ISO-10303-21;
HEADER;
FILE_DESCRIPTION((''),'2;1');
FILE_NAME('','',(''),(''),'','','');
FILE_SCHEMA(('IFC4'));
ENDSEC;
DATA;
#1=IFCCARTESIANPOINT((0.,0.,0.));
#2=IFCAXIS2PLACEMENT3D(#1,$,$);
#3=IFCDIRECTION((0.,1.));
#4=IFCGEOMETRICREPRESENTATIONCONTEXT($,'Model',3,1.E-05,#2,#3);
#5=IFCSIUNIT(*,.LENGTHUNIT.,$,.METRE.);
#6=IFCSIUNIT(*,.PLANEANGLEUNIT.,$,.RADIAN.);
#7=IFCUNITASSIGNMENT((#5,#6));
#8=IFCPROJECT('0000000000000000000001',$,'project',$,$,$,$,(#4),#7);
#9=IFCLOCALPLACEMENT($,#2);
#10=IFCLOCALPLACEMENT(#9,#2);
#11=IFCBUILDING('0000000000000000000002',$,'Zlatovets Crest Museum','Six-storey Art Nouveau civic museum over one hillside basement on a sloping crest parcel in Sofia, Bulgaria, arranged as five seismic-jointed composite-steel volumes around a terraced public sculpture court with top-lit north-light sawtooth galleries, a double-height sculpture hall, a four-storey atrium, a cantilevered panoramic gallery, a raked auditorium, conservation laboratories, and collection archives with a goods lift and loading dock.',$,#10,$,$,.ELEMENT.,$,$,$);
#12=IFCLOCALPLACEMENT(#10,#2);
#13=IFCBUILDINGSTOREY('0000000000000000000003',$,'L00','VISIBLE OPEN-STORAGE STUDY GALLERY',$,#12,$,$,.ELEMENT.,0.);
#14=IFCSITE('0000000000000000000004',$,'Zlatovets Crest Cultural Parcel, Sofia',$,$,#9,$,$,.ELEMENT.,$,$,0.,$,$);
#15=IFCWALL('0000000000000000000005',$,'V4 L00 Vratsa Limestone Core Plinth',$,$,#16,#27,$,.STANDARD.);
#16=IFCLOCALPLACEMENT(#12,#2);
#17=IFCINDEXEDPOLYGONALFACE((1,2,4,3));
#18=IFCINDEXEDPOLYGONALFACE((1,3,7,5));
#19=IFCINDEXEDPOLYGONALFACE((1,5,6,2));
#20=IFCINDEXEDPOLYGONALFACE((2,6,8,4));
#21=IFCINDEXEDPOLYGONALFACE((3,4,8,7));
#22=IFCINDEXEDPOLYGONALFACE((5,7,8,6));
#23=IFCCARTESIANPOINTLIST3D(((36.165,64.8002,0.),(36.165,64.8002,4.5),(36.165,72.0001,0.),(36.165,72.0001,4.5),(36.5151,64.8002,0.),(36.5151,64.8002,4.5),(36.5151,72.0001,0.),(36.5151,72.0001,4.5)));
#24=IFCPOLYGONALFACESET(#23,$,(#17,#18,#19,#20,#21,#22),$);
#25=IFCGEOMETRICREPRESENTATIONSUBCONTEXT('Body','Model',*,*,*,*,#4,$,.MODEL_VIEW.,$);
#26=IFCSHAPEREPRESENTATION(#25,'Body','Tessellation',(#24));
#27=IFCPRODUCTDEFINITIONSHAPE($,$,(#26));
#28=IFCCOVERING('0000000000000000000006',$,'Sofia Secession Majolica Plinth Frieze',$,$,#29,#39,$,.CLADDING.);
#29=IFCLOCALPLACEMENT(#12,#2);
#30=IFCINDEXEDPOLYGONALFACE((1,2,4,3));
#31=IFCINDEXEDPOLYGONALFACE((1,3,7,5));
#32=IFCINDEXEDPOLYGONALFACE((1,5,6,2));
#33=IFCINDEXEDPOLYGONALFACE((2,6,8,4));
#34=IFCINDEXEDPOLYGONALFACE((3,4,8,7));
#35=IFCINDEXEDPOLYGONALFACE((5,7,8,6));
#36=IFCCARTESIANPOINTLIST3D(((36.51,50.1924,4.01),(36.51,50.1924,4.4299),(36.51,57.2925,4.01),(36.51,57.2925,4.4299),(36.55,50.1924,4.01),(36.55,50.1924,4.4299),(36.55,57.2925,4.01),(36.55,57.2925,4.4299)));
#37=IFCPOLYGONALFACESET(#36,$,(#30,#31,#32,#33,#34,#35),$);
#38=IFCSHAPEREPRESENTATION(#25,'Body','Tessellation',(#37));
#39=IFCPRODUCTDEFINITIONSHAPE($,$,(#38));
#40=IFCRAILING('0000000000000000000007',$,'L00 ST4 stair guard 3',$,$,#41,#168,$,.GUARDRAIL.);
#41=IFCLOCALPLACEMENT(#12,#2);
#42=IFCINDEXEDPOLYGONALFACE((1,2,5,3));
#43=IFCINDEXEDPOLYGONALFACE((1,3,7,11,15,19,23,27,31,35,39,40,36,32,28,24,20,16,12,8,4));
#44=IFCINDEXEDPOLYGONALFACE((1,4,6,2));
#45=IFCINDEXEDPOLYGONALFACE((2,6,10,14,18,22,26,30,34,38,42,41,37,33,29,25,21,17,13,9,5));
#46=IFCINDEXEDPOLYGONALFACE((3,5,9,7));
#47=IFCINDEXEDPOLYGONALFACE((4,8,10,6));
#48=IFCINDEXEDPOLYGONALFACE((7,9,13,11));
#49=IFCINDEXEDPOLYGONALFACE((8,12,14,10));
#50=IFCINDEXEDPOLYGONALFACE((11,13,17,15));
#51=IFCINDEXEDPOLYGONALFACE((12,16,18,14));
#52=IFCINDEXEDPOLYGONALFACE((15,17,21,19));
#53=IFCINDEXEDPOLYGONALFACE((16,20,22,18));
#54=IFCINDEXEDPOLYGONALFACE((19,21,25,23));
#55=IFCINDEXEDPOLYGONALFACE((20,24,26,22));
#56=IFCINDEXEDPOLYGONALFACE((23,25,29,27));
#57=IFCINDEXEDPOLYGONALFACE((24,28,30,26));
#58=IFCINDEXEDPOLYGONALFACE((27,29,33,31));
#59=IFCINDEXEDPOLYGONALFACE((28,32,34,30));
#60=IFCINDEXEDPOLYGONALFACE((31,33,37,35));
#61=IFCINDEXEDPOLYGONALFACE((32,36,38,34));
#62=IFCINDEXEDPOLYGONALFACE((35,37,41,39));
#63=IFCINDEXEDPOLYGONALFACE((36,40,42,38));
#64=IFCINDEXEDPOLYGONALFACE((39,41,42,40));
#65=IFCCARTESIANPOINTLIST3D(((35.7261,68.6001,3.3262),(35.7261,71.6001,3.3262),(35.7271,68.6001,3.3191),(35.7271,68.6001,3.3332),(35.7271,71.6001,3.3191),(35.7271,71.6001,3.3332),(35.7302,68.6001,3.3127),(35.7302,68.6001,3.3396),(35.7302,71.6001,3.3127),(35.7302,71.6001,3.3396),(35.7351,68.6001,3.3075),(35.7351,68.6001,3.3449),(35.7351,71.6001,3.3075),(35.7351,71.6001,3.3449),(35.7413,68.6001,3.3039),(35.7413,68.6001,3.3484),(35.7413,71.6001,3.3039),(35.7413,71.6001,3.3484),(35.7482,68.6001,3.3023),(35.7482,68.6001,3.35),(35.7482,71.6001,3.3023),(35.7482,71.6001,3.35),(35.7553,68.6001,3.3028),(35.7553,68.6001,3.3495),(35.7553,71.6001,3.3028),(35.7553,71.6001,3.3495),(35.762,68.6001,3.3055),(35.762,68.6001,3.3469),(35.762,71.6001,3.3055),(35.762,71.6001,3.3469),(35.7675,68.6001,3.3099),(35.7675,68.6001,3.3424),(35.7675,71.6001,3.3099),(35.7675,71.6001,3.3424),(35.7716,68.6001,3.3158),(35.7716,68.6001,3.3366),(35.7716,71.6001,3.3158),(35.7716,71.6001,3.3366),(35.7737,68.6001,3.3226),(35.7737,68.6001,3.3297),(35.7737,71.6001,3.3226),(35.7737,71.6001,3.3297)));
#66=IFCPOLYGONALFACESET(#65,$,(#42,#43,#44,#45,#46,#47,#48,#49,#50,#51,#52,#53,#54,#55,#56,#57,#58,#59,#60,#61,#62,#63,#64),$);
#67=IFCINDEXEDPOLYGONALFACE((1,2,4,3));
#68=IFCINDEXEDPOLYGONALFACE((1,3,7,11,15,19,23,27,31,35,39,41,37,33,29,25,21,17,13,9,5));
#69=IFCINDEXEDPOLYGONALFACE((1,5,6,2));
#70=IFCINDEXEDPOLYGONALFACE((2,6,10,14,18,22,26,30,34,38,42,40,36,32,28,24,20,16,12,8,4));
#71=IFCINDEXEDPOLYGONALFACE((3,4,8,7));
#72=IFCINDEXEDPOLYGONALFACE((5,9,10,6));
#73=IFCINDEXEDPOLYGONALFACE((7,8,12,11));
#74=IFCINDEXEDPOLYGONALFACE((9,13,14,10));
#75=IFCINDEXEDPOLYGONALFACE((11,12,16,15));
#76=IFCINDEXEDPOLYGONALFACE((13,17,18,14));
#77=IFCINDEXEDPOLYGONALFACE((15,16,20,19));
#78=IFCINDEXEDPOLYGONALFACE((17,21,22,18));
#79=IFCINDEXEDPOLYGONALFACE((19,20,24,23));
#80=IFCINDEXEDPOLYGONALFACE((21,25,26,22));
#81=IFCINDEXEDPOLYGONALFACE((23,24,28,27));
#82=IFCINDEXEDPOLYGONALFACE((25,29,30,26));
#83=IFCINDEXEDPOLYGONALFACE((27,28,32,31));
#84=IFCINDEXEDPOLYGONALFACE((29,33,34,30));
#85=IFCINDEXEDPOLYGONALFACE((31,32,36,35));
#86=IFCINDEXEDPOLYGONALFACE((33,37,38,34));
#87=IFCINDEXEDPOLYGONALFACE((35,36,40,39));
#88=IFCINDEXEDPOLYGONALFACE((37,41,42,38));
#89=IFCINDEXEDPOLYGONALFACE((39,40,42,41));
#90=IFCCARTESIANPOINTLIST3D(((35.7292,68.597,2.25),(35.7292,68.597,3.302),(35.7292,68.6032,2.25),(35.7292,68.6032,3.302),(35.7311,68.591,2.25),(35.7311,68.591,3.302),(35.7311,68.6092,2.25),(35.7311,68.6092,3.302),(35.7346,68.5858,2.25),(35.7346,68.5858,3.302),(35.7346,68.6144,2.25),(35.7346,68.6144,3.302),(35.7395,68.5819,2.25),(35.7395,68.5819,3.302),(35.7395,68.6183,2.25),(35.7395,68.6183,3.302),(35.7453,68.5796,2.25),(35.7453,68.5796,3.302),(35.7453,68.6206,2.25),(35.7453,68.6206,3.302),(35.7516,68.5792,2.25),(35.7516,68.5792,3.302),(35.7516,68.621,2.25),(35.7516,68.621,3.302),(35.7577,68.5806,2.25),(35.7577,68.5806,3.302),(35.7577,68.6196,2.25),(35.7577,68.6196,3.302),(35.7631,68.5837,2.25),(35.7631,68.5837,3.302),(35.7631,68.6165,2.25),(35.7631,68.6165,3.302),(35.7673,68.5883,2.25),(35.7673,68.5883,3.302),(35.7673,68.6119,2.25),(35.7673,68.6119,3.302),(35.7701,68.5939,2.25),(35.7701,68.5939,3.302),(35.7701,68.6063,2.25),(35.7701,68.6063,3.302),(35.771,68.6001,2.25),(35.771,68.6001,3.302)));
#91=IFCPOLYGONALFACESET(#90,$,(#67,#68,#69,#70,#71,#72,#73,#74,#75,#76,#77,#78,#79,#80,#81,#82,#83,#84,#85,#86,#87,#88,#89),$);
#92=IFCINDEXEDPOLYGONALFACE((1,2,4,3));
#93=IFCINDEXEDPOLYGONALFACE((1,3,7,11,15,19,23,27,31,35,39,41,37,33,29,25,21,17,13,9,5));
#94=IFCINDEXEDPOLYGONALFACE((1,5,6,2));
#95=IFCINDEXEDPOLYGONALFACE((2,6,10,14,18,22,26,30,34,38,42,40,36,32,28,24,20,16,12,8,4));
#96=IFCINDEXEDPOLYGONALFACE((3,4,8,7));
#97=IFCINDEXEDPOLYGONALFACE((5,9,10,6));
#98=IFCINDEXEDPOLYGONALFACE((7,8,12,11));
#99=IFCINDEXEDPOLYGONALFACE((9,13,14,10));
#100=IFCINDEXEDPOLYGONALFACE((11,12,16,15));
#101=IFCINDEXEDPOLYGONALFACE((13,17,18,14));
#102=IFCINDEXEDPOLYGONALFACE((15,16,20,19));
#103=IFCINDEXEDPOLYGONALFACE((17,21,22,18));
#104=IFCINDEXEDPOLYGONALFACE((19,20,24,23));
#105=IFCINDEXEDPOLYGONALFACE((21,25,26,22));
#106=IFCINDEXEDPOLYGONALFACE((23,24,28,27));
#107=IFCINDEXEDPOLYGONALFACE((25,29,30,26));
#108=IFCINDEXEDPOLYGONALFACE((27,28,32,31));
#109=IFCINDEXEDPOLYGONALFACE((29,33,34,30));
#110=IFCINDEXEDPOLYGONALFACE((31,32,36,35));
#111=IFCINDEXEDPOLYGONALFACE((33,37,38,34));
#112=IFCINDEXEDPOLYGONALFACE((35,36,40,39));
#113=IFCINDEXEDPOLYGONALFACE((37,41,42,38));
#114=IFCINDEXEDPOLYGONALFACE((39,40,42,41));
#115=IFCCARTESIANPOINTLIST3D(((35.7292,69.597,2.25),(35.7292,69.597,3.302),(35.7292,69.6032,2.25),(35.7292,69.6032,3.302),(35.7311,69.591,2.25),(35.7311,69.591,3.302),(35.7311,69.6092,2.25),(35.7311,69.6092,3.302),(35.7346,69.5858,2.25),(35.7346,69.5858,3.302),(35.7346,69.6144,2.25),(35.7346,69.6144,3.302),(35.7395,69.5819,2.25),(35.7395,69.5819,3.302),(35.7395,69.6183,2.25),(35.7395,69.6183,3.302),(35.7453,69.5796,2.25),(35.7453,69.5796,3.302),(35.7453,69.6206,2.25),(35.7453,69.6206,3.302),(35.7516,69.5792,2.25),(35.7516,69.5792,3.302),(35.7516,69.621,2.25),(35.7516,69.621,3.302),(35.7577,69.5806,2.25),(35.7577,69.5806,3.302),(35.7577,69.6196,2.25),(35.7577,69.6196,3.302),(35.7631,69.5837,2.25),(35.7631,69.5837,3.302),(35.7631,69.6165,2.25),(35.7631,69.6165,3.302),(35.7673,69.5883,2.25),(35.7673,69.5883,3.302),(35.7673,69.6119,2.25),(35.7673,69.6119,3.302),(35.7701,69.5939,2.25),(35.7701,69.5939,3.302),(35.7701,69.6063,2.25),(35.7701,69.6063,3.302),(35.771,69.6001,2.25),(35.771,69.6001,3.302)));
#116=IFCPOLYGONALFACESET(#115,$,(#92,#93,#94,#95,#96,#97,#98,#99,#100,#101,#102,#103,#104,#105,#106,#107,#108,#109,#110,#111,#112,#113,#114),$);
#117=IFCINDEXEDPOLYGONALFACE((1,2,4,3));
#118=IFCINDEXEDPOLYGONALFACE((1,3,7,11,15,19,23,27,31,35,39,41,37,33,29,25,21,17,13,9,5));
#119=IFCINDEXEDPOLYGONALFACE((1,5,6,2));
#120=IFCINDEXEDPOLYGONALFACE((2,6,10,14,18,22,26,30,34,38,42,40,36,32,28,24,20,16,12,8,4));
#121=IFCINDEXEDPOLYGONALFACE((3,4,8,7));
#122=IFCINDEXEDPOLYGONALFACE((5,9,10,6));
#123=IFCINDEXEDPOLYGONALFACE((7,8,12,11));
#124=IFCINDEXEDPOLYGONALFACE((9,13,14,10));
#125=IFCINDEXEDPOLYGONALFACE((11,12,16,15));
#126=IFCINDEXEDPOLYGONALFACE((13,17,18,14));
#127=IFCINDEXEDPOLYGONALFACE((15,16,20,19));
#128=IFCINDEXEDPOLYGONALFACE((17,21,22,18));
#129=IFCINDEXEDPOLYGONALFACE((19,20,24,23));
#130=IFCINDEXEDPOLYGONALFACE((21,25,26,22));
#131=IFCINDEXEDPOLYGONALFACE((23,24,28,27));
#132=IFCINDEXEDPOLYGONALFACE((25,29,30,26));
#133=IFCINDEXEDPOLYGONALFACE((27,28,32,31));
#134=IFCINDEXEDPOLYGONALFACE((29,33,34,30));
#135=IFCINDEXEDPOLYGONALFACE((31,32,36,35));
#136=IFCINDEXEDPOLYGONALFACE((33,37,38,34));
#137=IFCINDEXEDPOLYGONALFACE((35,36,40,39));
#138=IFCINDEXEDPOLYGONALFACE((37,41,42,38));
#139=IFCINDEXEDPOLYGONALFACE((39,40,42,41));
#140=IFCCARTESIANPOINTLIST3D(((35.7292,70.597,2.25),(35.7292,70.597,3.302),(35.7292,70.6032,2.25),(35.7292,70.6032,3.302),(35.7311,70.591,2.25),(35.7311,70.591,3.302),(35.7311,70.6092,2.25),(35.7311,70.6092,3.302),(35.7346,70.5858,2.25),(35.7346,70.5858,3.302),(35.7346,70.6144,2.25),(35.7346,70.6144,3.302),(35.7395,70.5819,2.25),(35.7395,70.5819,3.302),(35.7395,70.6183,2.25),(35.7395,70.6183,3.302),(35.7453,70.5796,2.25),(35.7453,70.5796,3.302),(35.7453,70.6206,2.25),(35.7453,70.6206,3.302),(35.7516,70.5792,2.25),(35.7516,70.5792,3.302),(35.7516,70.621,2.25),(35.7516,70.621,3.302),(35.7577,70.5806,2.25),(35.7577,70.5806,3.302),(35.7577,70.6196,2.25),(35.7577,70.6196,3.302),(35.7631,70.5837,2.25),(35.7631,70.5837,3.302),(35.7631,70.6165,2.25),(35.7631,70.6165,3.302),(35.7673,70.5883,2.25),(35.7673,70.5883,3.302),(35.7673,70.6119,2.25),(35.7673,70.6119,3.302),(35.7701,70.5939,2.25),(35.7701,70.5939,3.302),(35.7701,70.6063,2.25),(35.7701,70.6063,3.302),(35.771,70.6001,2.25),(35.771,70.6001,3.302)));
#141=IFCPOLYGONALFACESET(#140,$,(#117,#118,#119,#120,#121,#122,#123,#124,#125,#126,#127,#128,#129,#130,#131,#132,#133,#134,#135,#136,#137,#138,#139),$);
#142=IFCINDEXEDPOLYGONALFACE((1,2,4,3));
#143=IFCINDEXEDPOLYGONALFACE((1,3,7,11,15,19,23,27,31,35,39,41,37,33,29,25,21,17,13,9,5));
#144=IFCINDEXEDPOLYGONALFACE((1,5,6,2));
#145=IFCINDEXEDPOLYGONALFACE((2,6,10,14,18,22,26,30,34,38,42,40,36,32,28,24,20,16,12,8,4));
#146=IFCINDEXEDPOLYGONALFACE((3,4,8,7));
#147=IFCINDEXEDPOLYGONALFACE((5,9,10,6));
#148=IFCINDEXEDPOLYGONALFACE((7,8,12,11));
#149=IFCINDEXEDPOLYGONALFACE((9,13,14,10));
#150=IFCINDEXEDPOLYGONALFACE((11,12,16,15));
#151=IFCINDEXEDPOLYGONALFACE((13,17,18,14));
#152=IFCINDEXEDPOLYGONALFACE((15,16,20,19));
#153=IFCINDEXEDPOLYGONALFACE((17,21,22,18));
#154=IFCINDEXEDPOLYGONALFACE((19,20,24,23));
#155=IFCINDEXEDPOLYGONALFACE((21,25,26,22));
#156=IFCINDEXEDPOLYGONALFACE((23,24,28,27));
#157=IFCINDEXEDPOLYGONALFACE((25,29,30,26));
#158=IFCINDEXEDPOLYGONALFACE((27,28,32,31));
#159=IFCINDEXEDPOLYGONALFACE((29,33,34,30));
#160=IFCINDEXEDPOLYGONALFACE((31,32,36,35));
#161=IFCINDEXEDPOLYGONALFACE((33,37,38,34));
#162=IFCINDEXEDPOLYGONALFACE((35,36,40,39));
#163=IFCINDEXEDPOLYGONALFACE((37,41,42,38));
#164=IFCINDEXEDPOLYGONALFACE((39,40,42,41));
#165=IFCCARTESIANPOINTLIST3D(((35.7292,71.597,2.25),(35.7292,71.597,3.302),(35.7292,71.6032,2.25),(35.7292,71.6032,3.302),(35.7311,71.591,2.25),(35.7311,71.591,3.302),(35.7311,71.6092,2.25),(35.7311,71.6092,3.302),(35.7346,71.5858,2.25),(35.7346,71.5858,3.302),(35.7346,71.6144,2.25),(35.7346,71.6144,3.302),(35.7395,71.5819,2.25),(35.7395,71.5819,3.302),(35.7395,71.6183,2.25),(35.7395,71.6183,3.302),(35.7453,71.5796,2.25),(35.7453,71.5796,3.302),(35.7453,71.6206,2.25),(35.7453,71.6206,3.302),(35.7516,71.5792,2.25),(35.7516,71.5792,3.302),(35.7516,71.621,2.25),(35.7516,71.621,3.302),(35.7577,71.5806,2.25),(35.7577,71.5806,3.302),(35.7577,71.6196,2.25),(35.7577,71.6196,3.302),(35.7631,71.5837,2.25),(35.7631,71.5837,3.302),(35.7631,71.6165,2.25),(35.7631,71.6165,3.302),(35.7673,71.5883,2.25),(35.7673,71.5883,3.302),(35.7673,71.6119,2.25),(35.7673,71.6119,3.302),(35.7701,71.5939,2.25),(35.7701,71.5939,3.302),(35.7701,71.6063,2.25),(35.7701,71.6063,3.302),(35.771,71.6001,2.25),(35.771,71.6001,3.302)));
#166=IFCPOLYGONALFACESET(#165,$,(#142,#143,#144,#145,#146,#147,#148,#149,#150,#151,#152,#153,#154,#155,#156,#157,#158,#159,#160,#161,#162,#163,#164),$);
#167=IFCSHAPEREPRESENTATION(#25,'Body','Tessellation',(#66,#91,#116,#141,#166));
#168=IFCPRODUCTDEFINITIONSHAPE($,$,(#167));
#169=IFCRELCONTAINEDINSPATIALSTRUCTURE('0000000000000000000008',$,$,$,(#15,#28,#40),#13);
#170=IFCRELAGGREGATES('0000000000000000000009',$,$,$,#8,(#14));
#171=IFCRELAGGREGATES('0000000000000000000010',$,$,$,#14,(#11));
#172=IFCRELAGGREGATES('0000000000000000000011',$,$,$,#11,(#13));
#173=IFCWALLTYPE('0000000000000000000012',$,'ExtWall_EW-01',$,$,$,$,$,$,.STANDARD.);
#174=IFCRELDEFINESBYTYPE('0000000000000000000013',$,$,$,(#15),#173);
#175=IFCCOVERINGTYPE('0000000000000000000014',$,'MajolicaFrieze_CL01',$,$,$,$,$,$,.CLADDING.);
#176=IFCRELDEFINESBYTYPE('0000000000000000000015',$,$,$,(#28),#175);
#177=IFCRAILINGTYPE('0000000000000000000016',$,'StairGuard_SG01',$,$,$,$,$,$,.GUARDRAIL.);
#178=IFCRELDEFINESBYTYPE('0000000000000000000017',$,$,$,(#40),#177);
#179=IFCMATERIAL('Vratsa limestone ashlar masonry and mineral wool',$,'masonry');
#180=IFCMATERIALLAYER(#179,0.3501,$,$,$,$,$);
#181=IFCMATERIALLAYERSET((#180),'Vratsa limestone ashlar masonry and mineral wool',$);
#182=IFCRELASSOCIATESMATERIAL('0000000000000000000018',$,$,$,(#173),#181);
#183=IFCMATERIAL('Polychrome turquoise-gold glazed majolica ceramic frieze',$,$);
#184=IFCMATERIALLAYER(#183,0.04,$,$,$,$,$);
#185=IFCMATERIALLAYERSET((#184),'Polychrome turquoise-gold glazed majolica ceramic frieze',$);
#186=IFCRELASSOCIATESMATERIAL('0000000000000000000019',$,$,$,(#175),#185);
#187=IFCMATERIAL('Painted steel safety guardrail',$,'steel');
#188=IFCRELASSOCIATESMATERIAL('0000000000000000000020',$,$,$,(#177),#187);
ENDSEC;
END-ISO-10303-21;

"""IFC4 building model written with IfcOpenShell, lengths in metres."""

from ifc_helpers import new_model, si_unit, direction, frame, frame_2d, origin, origin_2d, place, context, subcontext, project, spatial, rectangle, circle, extrude, material, layer, layer_set, type_object, element, save


model = new_model("IFC4")

# Units and contexts
model_context = context("Model", 3, precision=1e-05, world=origin(), true_north=direction((0.0, 1.0)))
body_context = subcontext(model_context, "Body", "Model", "MODEL_VIEW")
ifc_project = project(units=[si_unit("LENGTHUNIT", "METRE"), si_unit("PLANEANGLEUNIT", "RADIAN")], contexts=[model_context])

# Site, building, storey
site_placement = place(None, origin())
site = spatial("IfcSite", under=ifc_project, at=site_placement, Name="Zlatovets Crest Cultural Parcel, Sofia", CompositionType="ELEMENT", RefElevation=0.0)
building_placement = place(site_placement, origin())
building = spatial("IfcBuilding", under=site, at=building_placement, Name="Zlatovets Crest Museum", Description="Six-storey Art Nouveau civic museum over one hillside basement on a sloping crest parcel in Sofia, Bulgaria, arranged as five seismic-jointed composite-steel volumes around a terraced public sculpture court with top-lit north-light sawtooth galleries, a double-height sculpture hall, a four-storey atrium, a cantilevered panoramic gallery, a raked auditorium, conservation laboratories, and collection archives with a goods lift and loading dock.", CompositionType="ELEMENT")
storey_placement = place(building_placement, origin())
storey = spatial("IfcBuildingStorey", under=building, at=storey_placement, Name="L00", Description="VISIBLE OPEN-STORAGE STUDY GALLERY", CompositionType="ELEMENT", Elevation=0.0)

# Shared definitions
ifc_material_1 = material(Name="Vratsa limestone ashlar masonry and mineral wool", Category="masonry")
ifc_layer_1 = layer(ifc_material_1, 0.3501)
ifc_layer_set_1 = layer_set([ifc_layer_1], Name="Vratsa limestone ashlar masonry and mineral wool")
wall_type_1 = type_object("IfcWallType", Name="ExtWall_EW-01", PredefinedType="STANDARD", material=ifc_layer_set_1)

# Wall
wall_1_placement = place(storey_placement, frame((36.3401, 64.8, 0.0), z_axis=(0.0, 0.0, 1.0), x_axis=(0.0, 1.0, 0.0)))
element("IfcWall", 1, at=wall_1_placement, inside=storey, type_object=wall_type_1, Name="V4 L00 Vratsa Limestone Core Plinth", PredefinedType="STANDARD", context=body_context, shape_type="SweptSolid", body=[
    extrude(rectangle(XDim=7.2, YDim=0.3501, at=frame_2d((3.6001, 0.0))), origin(), (0.0, 0.0, 1.0), 4.5),
])

# Covering
ifc_material_2 = material(Name="Polychrome turquoise-gold glazed majolica ceramic frieze")
ifc_layer_2 = layer(ifc_material_2, 0.04)
ifc_layer_set_2 = layer_set([ifc_layer_2], Name="Polychrome turquoise-gold glazed majolica ceramic frieze")
covering_type = type_object("IfcCoveringType", Name="MajolicaFrieze_CL01", PredefinedType="CLADDING", material=ifc_layer_set_2)
covering_placement = place(storey_placement, frame((36.53, 53.7424, 4.01), z_axis=(0.0, 0.0, 1.0), x_axis=(0.0, 1.0, 0.0)))
element("IfcCovering", 2, at=covering_placement, inside=storey, type_object=covering_type, Name="Sofia Secession Majolica Plinth Frieze", PredefinedType="CLADDING", context=body_context, shape_type="SweptSolid", body=[
    extrude(rectangle(XDim=7.1001, YDim=0.04, at=origin_2d()), origin(), (0.0, 0.0, 1.0), 0.4199),
])

# Railing
ifc_material_3 = material(Name="Painted steel safety guardrail", Category="steel")
railing_type = type_object("IfcRailingType", Name="StairGuard_SG01", PredefinedType="GUARDRAIL", material=ifc_material_3)
railing_1_placement = place(storey_placement, frame((35.75, 68.6001, 2.25)))
element("IfcRailing", 3, at=railing_1_placement, inside=storey, type_object=railing_type, Name="L00 ST4 stair guard 3", PredefinedType="GUARDRAIL", context=body_context, shape_type="SweptSolid", body=[
    extrude(circle(Radius=0.0239, at=origin_2d()), frame((0.0, 0.0, 1.0762), z_axis=(0.0, 1.0, 0.0), x_axis=(-1.0, 0.0, 0.0)), (0.0, 0.0, 1.0), 3.0),
    extrude(circle(Radius=0.021, at=origin_2d()), origin(), (0.0, 0.0, 1.0), 1.052),
    extrude(circle(Radius=0.021, at=origin_2d()), frame((0.0, 1.0, 0.0)), (0.0, 0.0, 1.0), 1.052),
    extrude(circle(Radius=0.021, at=origin_2d()), frame((0.0, 2.0, 0.0)), (0.0, 0.0, 1.0), 1.052),
    extrude(circle(Radius=0.021, at=origin_2d()), frame((0.0, 3.0, 0.0)), (0.0, 0.0, 1.0), 1.052),
])

save(model, "model.ifc")
